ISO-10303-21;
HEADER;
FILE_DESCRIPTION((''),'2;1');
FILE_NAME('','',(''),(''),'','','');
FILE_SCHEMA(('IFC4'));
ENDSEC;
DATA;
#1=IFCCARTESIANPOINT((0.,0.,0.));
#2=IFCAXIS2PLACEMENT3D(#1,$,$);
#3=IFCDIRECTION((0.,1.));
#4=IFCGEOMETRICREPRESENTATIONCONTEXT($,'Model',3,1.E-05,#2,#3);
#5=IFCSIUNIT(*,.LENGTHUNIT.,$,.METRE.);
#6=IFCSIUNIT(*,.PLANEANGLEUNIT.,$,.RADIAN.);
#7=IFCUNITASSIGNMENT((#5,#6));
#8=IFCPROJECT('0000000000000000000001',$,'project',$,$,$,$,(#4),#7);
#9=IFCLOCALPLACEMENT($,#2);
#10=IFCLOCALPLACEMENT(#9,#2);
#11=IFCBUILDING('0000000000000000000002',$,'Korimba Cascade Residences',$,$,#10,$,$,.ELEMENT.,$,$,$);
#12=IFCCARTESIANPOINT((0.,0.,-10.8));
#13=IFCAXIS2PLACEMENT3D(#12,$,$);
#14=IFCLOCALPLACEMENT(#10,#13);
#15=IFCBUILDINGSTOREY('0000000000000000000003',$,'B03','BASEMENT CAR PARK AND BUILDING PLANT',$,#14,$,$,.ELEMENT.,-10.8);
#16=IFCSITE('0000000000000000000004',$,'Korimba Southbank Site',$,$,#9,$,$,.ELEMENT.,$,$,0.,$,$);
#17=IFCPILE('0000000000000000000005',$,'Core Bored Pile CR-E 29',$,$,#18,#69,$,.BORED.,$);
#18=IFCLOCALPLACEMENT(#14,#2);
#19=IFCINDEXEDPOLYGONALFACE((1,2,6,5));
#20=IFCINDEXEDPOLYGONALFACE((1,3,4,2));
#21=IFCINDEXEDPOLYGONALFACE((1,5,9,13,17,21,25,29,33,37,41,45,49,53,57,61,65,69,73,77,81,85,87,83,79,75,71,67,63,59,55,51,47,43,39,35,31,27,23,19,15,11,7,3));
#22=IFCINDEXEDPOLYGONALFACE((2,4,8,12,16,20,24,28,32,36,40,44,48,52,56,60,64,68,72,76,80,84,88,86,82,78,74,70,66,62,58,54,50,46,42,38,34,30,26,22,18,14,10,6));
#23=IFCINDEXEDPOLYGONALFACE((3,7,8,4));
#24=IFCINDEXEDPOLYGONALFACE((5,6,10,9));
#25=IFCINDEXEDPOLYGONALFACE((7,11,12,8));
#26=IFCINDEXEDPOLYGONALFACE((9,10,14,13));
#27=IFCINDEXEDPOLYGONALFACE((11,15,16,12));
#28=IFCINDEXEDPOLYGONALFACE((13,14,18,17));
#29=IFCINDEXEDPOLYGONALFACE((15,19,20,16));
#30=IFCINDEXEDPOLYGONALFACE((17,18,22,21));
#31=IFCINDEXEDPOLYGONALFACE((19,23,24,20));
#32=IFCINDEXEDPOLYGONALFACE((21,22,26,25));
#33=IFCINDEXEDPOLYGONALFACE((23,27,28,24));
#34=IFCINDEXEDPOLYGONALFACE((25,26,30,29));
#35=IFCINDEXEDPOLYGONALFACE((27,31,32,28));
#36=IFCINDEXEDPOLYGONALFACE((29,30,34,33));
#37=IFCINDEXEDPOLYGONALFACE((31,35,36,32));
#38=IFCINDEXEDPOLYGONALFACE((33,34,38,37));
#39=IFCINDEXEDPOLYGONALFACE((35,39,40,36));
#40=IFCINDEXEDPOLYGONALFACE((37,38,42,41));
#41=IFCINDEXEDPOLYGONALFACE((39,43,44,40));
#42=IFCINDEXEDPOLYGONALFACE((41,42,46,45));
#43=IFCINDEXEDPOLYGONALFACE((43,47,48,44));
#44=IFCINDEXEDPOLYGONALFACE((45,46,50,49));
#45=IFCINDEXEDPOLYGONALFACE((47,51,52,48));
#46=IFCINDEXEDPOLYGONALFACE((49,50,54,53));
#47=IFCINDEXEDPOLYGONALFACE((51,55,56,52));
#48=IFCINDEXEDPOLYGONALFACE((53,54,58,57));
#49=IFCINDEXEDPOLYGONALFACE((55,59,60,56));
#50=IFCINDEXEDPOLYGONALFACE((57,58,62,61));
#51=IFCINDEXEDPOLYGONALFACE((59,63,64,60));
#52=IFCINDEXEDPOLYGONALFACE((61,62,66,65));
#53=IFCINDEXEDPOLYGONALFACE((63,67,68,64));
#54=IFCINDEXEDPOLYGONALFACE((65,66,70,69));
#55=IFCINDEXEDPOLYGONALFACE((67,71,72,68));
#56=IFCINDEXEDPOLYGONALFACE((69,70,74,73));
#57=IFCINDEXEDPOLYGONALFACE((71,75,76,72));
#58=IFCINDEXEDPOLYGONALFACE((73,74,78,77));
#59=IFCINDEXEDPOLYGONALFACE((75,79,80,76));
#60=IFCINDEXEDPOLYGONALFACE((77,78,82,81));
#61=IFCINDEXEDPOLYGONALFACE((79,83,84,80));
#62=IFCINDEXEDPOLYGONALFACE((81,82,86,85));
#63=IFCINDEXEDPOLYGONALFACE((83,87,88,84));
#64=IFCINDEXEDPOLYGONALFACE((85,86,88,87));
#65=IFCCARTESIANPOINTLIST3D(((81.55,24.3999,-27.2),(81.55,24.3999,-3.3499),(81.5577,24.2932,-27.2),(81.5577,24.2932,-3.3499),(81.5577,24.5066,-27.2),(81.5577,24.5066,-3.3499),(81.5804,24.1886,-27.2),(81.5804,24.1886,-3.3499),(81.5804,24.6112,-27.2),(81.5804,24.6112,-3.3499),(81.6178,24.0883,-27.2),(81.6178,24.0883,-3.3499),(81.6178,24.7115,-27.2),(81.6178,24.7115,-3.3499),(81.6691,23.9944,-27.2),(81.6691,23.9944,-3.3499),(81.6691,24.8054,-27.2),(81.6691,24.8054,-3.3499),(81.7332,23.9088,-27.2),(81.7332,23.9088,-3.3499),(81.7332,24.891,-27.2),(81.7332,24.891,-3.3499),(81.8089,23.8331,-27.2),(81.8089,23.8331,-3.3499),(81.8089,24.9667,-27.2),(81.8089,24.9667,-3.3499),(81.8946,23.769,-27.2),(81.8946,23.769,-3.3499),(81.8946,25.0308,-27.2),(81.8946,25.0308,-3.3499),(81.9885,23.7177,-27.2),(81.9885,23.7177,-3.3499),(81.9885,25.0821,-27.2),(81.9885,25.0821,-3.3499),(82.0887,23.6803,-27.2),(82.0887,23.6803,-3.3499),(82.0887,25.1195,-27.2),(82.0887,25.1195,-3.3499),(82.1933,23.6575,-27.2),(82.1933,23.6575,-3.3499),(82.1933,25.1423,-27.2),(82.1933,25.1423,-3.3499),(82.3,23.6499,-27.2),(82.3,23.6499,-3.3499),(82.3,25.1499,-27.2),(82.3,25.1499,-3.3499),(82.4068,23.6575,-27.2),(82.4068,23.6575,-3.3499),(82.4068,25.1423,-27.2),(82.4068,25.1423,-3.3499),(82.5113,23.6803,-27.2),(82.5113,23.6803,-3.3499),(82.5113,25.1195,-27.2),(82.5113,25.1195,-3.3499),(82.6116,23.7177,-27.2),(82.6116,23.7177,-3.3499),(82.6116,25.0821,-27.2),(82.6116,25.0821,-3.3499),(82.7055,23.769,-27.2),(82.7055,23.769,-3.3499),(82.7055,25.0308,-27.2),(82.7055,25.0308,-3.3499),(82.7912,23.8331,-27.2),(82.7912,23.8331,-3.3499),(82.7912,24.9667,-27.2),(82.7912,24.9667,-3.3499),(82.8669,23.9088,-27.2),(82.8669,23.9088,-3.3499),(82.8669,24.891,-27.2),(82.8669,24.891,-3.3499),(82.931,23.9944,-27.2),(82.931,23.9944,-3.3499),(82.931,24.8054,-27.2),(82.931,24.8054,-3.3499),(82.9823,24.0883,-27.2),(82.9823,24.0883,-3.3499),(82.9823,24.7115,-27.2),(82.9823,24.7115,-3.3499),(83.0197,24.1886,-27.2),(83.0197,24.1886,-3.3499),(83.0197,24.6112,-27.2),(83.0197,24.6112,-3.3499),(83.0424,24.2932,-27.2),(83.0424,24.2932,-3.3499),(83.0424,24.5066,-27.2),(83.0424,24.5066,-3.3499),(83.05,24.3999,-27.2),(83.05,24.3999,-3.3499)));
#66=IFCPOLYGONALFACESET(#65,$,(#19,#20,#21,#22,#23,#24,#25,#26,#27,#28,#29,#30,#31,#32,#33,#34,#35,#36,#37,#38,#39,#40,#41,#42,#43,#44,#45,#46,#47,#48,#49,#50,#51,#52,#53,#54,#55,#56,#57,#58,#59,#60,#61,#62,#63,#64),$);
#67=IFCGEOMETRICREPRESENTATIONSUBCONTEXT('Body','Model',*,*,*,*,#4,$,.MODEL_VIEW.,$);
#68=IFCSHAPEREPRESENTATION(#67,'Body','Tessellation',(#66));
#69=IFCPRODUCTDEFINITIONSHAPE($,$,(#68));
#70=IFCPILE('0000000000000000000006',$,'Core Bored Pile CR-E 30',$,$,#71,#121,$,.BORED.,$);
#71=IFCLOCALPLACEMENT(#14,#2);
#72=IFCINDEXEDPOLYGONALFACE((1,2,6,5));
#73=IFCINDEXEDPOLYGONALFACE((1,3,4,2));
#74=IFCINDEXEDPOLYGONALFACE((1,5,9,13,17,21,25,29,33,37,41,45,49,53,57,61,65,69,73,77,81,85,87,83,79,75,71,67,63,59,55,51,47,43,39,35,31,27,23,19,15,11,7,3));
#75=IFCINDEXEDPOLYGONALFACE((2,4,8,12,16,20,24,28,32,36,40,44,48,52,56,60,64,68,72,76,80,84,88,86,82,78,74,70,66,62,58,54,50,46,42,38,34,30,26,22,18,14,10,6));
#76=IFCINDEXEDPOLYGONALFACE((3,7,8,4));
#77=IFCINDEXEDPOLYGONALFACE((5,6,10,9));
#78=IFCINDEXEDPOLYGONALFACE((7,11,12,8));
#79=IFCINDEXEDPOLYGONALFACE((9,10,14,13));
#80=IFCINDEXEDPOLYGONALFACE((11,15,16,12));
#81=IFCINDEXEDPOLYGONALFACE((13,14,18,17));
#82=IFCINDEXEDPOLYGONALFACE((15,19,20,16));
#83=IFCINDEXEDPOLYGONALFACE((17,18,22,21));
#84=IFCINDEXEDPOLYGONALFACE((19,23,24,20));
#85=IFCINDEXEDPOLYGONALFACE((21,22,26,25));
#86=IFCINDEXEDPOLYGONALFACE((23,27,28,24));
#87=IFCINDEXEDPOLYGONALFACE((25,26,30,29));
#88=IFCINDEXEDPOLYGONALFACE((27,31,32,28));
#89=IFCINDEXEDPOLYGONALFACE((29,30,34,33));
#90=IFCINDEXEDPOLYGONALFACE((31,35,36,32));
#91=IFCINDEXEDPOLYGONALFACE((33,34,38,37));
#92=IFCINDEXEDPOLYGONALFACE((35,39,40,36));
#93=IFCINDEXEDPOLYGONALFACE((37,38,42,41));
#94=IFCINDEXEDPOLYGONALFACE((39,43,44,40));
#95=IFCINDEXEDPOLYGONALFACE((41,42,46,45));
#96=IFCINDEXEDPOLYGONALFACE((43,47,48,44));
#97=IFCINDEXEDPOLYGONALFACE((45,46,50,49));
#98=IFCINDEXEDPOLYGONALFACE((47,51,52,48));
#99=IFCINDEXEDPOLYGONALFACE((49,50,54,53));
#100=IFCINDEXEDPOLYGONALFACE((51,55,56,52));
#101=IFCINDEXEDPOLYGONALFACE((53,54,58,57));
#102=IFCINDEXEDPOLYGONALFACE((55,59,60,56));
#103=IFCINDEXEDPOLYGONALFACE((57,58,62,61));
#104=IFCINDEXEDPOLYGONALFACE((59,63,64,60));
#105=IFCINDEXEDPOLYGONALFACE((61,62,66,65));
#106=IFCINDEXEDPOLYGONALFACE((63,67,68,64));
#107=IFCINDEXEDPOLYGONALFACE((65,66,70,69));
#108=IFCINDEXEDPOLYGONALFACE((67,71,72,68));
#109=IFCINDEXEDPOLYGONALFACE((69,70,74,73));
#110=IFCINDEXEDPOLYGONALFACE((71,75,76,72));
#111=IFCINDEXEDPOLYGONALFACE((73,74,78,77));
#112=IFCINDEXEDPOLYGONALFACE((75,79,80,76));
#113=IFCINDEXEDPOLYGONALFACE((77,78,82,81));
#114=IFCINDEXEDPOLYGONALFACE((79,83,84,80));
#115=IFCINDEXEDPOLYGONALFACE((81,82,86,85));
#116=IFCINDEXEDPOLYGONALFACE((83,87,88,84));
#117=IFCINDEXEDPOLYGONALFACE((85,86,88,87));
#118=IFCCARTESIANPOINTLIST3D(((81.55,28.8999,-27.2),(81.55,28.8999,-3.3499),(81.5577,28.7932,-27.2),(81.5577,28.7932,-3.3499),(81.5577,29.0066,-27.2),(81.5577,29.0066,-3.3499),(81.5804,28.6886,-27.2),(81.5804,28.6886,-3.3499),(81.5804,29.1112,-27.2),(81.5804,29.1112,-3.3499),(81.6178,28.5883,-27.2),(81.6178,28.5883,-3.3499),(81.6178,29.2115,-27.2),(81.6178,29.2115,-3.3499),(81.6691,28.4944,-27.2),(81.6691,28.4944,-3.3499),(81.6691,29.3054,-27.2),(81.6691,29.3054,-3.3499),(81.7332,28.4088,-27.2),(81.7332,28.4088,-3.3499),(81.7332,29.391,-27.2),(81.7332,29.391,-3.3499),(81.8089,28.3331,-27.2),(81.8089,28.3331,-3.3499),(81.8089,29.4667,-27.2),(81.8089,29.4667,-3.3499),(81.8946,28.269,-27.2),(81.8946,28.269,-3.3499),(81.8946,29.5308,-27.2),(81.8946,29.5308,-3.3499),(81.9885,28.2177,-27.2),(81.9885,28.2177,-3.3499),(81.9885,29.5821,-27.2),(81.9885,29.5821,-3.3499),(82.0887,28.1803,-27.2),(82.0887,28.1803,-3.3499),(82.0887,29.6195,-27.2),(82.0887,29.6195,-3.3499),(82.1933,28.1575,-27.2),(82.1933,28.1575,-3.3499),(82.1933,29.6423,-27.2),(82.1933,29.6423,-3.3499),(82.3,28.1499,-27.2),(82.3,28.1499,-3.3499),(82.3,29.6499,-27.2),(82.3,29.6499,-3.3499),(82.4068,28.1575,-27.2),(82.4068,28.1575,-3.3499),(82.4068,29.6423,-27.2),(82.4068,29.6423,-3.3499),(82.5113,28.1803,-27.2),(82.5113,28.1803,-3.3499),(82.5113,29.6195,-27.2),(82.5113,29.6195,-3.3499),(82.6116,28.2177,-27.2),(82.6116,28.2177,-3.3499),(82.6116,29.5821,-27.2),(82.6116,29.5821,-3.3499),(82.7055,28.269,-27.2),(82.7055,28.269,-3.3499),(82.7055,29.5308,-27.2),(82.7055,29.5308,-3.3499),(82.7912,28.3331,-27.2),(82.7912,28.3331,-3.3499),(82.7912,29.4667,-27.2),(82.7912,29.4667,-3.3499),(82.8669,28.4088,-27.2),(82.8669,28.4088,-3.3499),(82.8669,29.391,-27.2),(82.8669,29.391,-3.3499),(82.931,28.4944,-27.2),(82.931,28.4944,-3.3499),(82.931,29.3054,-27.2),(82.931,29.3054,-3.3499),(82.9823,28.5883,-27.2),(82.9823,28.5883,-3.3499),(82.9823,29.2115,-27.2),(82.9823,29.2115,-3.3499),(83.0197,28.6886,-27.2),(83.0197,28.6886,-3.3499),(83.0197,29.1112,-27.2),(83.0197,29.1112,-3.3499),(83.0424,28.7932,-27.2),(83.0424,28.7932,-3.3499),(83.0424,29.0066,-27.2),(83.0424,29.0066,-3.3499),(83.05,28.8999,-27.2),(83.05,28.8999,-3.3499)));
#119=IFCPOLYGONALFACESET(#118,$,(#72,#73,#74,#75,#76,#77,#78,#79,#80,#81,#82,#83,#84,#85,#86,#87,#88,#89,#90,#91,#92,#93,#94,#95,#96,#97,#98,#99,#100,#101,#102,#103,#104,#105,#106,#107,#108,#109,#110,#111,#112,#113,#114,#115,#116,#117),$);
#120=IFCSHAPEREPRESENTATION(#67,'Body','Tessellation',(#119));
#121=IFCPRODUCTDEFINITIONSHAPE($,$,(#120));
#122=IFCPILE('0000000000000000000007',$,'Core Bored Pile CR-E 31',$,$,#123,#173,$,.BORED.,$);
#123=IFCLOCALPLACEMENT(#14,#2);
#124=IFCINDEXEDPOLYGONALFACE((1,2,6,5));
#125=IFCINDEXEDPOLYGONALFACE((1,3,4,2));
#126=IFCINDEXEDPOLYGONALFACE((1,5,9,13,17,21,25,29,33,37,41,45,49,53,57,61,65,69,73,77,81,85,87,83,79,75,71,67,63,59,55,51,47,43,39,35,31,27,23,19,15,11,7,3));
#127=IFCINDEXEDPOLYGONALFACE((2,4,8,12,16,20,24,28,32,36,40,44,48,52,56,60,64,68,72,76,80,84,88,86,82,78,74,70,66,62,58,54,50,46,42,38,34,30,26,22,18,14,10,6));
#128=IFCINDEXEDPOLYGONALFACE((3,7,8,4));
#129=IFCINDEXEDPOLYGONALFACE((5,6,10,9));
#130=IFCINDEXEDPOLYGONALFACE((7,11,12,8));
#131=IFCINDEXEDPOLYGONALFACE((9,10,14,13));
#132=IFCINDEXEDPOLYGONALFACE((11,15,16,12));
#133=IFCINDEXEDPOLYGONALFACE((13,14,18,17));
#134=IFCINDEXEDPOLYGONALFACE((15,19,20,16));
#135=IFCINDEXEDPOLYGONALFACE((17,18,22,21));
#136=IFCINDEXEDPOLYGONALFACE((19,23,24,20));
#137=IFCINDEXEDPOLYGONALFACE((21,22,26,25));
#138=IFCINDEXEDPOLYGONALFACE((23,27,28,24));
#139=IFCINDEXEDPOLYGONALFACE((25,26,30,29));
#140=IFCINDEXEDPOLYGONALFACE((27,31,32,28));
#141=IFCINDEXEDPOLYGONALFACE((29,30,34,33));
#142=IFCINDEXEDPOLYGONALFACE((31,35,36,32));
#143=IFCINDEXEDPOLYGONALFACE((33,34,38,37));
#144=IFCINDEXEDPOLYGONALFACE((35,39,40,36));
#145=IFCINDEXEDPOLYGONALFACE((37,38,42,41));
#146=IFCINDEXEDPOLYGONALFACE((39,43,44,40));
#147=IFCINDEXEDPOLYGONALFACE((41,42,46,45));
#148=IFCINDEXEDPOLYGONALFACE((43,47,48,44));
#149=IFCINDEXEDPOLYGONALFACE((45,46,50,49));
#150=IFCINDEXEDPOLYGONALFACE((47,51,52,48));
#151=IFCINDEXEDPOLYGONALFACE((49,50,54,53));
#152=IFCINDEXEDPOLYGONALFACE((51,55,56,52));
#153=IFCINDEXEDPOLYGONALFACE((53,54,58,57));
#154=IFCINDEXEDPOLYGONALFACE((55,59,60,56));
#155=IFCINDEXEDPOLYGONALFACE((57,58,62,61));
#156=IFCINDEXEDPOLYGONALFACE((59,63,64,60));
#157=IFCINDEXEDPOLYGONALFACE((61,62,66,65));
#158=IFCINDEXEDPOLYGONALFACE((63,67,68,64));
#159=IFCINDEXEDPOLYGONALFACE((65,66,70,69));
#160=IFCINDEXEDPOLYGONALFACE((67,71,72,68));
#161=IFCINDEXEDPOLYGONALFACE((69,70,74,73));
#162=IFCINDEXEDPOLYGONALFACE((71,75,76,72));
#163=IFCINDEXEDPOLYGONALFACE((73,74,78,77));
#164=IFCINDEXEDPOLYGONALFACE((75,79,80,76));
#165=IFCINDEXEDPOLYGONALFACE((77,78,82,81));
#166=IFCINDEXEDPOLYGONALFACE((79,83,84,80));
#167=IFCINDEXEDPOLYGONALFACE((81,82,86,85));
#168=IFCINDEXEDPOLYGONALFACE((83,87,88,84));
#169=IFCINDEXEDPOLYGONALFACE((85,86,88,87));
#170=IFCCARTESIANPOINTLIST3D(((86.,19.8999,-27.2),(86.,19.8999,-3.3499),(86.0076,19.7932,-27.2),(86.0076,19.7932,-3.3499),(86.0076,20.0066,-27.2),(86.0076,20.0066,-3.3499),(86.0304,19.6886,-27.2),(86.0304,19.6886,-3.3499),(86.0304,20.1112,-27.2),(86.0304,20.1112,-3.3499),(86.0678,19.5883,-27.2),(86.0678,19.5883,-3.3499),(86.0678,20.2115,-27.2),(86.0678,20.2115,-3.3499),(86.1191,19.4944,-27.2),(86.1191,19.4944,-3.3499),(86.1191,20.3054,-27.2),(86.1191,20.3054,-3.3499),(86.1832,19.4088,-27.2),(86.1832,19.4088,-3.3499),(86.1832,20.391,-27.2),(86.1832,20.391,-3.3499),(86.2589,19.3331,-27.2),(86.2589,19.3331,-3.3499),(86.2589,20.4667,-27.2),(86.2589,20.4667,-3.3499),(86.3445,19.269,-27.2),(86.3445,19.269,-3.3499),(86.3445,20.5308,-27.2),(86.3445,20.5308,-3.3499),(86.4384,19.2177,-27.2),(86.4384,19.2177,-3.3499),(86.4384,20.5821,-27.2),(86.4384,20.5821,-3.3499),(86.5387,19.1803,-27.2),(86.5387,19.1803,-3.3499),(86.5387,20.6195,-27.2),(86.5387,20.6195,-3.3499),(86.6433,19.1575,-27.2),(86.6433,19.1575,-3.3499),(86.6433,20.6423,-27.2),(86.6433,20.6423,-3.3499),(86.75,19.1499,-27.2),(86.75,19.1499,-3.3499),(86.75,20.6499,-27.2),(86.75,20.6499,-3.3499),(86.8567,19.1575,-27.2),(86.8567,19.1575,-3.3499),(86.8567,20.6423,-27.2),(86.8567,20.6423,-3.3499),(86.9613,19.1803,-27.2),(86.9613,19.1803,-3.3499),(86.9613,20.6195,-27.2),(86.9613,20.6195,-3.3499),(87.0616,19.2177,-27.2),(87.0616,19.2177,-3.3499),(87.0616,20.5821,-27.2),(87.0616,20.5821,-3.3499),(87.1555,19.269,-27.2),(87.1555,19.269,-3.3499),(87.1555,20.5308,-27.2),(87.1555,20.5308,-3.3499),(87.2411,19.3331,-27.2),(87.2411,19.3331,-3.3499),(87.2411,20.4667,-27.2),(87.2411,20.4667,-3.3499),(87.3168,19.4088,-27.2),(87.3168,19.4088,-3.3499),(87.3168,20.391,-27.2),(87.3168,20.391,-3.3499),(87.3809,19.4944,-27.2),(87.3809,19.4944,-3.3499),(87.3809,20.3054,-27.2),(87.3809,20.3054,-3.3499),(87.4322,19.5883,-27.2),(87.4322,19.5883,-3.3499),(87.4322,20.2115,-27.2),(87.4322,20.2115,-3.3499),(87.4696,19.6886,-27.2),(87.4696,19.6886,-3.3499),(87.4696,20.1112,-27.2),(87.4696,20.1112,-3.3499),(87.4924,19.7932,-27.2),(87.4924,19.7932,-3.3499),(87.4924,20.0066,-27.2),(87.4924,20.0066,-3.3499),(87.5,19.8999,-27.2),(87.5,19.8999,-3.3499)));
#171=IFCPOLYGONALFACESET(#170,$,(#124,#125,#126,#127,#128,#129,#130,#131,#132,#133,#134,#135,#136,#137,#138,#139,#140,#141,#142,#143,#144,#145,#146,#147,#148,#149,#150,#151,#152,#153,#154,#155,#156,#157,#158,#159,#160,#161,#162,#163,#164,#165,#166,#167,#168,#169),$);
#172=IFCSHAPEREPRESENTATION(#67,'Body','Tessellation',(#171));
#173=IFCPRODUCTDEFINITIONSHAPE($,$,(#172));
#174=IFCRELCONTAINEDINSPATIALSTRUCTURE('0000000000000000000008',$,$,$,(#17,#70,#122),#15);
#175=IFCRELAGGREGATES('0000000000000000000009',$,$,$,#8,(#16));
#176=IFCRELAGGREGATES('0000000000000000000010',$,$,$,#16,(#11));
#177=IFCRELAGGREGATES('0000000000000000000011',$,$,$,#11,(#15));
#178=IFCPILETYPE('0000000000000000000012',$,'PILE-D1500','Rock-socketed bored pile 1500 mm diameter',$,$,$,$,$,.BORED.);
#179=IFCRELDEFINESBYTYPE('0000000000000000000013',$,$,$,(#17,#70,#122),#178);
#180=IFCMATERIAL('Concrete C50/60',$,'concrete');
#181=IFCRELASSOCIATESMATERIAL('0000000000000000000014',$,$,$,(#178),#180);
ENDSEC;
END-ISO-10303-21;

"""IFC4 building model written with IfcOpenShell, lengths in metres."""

from ifc_helpers import new_model, si_unit, direction, frame, origin, origin_2d, place, context, subcontext, project, spatial, circle, extrude, material, material_profile, profile_set, type_object, element, save


model = new_model("IFC4")

# Units and contexts
model_context = context("Model", 3, precision=1e-05, world=origin(), true_north=direction((0.0, 1.0)))
body_context = subcontext(model_context, "Body", "Model", "MODEL_VIEW")
ifc_project = project(units=[si_unit("LENGTHUNIT", "METRE"), si_unit("PLANEANGLEUNIT", "RADIAN")], contexts=[model_context])

# Site, building, storey
site_placement = place(None, origin())
site = spatial("IfcSite", under=ifc_project, at=site_placement, Name="Korimba Southbank Site", CompositionType="ELEMENT", RefElevation=0.0)
building_placement = place(site_placement, origin())
building = spatial("IfcBuilding", under=site, at=building_placement, Name="Korimba Cascade Residences", CompositionType="ELEMENT")
storey_placement = place(building_placement, frame((0.0, 0.0, -10.8)))
storey = spatial("IfcBuildingStorey", under=building, at=storey_placement, Name="B03", Description="BASEMENT CAR PARK AND BUILDING PLANT", CompositionType="ELEMENT", Elevation=-10.8)

# Piles
ifc_material_1 = material(Name="Concrete C50/60", Category="concrete")
ifc_material_profile_1 = material_profile(ifc_material_1, circle(Radius=0.75, at=origin_2d()), Name="Concrete C50/60")
ifc_profile_set_1 = profile_set([ifc_material_profile_1], Name="Concrete C50/60")
pile_type_1 = type_object("IfcPileType", Name="PILE-D1500", Description="Rock-socketed bored pile 1500 mm diameter", PredefinedType="BORED", material=ifc_profile_set_1)
for number, where, z_axis, x_axis, name in (
    (1, (82.3, 24.3999, -3.3499), (0.0, 0.0, -1.0), (1.0, 0.0, 0.0), "Core Bored Pile CR-E 29"),
    (2, (82.3, 28.8999, -3.3499), (0.0, 0.0, -1.0), (1.0, 0.0, 0.0), "Core Bored Pile CR-E 30"),
    (3, (86.75, 19.8999, -3.3499), (0.0, 0.0, -1.0), (1.0, 0.0, 0.0), "Core Bored Pile CR-E 31"),
):
    element("IfcPile", number, at=place(storey_placement, frame(where, z_axis=z_axis, x_axis=x_axis)), inside=storey, type_object=pile_type_1, Name=name, PredefinedType="BORED", context=body_context, shape_type="SweptSolid", body=[
        extrude(circle(Radius=0.75, at=origin_2d()), origin(), (0.0, 0.0, 1.0), 23.8501),
    ])

save(model, "model.ifc")
